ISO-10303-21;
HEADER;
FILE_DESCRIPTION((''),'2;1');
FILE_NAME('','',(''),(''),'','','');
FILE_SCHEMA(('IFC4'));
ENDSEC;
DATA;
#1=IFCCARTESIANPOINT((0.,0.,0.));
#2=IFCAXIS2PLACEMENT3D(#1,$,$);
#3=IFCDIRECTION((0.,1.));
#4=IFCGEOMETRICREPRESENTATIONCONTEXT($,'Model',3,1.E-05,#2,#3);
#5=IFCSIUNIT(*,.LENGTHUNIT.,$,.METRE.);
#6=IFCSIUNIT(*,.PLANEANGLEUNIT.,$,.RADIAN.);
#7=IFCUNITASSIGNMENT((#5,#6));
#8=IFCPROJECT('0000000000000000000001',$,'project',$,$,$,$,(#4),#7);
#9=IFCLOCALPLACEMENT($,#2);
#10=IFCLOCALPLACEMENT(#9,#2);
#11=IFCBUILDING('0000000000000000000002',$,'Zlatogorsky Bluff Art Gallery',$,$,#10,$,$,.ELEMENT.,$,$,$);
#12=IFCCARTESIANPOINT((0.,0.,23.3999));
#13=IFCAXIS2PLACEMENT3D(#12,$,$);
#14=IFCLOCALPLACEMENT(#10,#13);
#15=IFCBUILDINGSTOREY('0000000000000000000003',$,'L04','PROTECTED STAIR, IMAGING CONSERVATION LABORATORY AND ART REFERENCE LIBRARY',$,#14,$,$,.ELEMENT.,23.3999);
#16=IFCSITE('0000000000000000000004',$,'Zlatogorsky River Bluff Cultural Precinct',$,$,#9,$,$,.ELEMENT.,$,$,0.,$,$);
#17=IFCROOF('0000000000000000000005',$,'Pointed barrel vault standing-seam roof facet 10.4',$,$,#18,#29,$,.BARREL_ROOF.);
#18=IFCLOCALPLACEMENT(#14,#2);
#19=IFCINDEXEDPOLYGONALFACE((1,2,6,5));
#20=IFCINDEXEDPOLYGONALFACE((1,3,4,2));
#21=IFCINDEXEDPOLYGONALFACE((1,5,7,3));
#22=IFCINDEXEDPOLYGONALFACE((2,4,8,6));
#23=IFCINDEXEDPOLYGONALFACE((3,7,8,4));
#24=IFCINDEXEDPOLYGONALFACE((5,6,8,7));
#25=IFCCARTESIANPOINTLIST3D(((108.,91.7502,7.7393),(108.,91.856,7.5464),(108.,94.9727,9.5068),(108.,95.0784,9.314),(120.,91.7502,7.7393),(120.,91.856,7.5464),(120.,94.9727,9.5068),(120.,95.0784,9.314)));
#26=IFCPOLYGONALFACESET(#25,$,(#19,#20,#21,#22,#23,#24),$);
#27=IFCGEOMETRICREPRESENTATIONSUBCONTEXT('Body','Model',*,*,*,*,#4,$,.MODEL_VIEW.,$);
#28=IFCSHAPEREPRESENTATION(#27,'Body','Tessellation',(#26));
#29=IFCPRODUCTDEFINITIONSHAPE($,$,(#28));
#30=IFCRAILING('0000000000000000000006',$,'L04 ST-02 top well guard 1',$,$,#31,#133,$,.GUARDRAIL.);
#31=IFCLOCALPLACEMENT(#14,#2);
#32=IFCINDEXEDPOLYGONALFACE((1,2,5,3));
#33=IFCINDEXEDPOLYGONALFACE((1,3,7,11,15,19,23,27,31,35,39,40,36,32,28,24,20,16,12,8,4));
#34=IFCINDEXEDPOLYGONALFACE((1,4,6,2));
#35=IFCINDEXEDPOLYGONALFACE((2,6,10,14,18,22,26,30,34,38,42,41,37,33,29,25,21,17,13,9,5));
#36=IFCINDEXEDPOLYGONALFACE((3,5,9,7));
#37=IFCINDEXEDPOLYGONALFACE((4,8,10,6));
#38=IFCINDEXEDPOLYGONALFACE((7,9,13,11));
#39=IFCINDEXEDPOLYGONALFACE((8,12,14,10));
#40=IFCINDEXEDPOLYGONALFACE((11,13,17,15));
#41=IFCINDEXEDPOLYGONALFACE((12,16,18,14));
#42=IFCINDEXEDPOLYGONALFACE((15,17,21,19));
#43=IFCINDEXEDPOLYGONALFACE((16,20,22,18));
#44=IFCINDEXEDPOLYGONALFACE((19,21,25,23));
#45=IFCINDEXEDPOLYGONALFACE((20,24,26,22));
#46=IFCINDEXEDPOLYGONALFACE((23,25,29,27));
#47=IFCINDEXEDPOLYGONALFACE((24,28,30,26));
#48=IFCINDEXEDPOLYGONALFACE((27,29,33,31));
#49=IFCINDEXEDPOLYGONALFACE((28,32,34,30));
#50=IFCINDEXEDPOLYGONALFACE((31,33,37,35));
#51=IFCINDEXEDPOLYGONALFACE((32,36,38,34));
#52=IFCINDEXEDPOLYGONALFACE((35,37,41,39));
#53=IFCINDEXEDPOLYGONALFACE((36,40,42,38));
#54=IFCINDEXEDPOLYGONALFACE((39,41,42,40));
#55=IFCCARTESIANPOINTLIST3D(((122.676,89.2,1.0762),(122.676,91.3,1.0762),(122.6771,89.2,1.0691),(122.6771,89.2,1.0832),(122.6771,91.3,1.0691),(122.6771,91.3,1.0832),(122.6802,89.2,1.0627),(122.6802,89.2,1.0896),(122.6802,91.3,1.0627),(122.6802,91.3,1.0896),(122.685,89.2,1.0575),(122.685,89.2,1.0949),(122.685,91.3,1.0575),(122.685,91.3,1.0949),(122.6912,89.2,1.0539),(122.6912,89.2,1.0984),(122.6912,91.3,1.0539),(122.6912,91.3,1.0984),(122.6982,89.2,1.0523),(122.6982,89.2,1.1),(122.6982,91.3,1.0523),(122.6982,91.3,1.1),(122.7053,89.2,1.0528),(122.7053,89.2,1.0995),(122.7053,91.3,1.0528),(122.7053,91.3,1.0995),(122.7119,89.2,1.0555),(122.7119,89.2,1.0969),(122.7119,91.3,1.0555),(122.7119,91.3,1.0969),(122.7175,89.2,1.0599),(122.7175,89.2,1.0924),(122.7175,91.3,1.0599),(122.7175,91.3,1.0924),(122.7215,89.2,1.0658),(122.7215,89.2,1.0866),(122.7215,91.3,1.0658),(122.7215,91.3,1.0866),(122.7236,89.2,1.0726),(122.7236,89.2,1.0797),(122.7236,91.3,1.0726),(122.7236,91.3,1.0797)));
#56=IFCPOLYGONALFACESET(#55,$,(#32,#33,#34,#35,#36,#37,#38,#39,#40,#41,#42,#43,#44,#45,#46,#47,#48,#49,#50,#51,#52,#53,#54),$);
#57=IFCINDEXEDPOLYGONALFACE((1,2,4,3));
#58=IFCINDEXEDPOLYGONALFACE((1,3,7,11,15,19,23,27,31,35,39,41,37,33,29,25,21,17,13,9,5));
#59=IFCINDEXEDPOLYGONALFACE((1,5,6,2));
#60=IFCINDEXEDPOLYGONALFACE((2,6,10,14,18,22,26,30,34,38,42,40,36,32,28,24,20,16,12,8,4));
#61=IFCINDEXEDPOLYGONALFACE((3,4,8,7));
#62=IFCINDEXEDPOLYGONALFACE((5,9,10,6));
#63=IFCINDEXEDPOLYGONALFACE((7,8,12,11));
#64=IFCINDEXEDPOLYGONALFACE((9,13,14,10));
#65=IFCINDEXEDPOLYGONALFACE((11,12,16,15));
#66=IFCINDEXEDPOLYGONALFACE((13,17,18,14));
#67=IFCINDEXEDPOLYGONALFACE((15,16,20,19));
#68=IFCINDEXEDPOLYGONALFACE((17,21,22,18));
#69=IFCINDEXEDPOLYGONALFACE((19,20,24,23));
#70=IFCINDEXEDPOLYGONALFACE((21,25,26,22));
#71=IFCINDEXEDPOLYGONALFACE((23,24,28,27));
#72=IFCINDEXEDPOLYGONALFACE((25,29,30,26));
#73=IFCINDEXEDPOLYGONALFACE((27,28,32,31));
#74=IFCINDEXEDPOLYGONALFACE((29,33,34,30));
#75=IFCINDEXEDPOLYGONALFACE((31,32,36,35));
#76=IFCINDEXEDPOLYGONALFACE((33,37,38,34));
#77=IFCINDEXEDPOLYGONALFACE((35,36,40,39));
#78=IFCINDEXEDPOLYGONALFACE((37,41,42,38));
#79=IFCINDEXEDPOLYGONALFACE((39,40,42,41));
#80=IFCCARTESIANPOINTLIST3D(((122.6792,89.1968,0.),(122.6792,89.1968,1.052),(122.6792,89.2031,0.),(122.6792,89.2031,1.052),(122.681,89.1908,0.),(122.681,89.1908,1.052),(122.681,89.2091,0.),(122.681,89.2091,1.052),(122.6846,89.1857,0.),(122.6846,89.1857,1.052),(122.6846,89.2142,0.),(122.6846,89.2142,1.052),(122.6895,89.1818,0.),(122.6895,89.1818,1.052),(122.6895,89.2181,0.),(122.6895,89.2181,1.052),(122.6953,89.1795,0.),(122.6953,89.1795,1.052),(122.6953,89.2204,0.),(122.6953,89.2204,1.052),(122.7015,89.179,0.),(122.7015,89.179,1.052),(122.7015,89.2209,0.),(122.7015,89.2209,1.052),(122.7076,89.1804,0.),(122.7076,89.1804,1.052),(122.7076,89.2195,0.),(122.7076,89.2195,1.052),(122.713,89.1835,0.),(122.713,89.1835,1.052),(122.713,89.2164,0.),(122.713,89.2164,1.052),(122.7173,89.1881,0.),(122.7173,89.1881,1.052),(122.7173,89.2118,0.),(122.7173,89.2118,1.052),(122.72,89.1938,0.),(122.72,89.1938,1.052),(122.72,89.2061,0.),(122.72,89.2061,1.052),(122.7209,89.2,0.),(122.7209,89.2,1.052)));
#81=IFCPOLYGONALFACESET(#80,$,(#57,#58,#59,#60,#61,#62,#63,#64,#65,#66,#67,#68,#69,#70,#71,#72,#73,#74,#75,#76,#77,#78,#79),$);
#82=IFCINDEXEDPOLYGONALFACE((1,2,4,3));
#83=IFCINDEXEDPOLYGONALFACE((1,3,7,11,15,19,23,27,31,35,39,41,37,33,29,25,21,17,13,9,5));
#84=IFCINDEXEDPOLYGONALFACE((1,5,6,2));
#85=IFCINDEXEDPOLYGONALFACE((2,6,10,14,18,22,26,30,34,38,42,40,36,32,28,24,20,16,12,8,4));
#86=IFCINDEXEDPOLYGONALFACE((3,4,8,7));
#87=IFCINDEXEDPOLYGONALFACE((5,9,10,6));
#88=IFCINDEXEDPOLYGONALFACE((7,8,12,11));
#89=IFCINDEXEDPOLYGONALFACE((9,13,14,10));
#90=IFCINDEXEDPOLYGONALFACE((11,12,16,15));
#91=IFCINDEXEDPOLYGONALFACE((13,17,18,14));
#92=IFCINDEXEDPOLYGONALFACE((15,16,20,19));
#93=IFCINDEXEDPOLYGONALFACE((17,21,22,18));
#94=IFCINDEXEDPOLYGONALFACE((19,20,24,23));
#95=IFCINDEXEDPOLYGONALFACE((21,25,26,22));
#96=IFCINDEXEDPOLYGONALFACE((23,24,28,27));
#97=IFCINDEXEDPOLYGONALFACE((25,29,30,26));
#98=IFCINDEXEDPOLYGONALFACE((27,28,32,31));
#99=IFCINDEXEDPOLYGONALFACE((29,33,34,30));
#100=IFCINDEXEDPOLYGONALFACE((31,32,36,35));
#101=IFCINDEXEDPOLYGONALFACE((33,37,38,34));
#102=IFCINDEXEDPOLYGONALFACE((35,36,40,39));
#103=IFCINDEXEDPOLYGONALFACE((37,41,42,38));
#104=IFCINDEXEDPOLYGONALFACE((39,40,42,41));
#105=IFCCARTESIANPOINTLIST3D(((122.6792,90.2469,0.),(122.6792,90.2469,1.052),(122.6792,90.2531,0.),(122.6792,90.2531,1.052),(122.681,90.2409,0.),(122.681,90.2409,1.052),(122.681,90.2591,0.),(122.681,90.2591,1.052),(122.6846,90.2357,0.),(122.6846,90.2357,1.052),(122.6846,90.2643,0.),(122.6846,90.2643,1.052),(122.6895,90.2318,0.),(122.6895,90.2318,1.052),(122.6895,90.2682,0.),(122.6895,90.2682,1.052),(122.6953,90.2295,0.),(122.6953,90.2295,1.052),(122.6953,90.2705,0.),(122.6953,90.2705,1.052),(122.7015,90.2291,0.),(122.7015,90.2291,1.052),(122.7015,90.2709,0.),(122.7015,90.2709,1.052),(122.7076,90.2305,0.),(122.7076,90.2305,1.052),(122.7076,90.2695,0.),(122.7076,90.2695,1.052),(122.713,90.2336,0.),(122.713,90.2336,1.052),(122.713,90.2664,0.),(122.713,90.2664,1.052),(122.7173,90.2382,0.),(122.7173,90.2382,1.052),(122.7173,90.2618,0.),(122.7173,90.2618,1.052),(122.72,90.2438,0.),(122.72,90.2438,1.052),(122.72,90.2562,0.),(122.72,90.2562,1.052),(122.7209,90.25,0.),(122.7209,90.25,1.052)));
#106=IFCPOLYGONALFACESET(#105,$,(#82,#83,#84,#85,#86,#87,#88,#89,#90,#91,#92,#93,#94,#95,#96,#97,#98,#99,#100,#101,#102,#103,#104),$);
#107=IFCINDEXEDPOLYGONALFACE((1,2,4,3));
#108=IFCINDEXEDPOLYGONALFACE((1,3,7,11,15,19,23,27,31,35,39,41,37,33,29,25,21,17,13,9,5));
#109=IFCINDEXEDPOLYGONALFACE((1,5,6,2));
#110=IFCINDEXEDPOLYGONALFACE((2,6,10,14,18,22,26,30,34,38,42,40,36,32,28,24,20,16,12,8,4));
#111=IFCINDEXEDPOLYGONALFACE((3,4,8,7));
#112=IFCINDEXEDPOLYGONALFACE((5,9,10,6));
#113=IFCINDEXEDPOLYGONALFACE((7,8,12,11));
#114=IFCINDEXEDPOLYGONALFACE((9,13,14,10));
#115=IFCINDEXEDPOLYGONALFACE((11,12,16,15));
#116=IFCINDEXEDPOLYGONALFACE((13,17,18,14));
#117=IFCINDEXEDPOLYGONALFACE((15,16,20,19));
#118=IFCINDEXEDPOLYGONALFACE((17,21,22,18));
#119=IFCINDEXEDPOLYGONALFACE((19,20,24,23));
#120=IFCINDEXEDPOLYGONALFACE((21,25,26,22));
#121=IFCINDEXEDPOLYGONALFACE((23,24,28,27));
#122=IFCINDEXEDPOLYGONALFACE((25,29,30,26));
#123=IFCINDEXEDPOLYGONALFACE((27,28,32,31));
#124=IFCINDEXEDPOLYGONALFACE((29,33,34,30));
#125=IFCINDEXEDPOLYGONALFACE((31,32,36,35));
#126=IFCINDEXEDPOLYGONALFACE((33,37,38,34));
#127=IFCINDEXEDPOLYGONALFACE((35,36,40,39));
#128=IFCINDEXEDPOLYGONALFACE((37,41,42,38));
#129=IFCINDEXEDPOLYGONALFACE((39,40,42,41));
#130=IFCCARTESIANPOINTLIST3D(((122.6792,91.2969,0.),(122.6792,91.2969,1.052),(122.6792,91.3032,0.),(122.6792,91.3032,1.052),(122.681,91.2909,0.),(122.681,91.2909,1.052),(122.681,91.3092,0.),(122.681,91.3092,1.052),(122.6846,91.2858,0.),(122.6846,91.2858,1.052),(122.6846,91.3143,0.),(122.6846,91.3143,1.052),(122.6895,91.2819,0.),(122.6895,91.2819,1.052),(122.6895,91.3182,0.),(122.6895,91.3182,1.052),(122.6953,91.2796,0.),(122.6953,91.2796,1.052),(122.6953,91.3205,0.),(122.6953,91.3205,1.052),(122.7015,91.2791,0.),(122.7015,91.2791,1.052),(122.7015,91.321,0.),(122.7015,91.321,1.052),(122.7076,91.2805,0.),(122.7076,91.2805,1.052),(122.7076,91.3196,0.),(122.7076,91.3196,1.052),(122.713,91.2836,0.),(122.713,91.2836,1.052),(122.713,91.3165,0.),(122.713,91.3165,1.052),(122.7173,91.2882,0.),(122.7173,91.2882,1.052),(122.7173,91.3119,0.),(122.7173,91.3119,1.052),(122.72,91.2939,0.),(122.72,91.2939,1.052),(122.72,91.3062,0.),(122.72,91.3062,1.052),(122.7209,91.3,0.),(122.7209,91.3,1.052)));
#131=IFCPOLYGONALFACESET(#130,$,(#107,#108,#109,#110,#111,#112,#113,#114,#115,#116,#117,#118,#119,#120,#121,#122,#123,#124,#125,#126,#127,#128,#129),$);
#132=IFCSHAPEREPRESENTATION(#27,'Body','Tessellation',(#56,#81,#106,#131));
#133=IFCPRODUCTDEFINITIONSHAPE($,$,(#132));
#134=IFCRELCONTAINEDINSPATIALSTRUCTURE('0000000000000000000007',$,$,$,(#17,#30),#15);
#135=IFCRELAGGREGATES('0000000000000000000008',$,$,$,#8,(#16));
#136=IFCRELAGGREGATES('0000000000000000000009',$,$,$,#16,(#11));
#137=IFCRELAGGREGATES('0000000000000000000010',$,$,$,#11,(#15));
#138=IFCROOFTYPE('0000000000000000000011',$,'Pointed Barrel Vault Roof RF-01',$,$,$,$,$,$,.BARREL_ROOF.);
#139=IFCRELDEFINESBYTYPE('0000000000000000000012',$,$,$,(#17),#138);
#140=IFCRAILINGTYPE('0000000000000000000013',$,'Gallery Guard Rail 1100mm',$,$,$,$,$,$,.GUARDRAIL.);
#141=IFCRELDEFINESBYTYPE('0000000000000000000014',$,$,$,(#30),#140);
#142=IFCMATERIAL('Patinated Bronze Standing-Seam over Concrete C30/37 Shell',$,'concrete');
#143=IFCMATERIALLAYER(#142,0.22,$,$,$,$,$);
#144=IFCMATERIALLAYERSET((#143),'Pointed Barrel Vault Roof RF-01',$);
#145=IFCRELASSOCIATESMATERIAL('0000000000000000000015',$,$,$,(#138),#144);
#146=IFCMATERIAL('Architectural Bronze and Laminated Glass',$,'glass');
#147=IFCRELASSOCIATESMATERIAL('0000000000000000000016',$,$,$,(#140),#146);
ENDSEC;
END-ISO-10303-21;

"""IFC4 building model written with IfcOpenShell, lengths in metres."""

from ifc_helpers import new_model, si_unit, direction, frame, origin, origin_2d, place, context, subcontext, project, spatial, polyline, circle, outline, extrude, material, layer, layer_set, type_object, element, save


model = new_model("IFC4")

# Units and contexts
model_context = context("Model", 3, precision=1e-05, world=origin(), true_north=direction((0.0, 1.0)))
body_context = subcontext(model_context, "Body", "Model", "MODEL_VIEW")
ifc_project = project(units=[si_unit("LENGTHUNIT", "METRE"), si_unit("PLANEANGLEUNIT", "RADIAN")], contexts=[model_context])

# Site, building, storey
site_placement = place(None, origin())
site = spatial("IfcSite", under=ifc_project, at=site_placement, Name="Zlatogorsky River Bluff Cultural Precinct", CompositionType="ELEMENT", RefElevation=0.0)
building_placement = place(site_placement, origin())
building = spatial("IfcBuilding", under=site, at=building_placement, Name="Zlatogorsky Bluff Art Gallery", CompositionType="ELEMENT")
storey_placement = place(building_placement, frame((0.0, 0.0, 23.3999)))
storey = spatial("IfcBuildingStorey", under=building, at=storey_placement, Name="L04", Description="PROTECTED STAIR, IMAGING CONSERVATION LABORATORY AND ART REFERENCE LIBRARY", CompositionType="ELEMENT", Elevation=23.3999)

# Roof
ifc_material_1 = material(Name="Patinated Bronze Standing-Seam over Concrete C30/37 Shell", Category="concrete")
ifc_layer_1 = layer(ifc_material_1, 0.22)
ifc_layer_set_1 = layer_set([ifc_layer_1], Name="Pointed Barrel Vault Roof RF-01")
roof_type = type_object("IfcRoofType", Name="Pointed Barrel Vault Roof RF-01", PredefinedType="BARREL_ROOF", material=ifc_layer_set_1)
roof_1_placement = place(storey_placement, frame((108.0, 91.7502, 7.7393), z_axis=(0.0, -0.480927, 0.876761), x_axis=(1.0, 0.0, 0.0)))
element("IfcRoof", 1, at=roof_1_placement, inside=storey, type_object=roof_type, Name="Pointed barrel vault standing-seam roof facet 10.4", PredefinedType="BARREL_ROOF", context=body_context, shape_type="SweptSolid", body=[
    extrude(outline(polyline([(0.0, 0.0), (12.0, 0.0), (12.0, 3.6754), (0.0, 3.6754), (0.0, 0.0)])), origin(), (0.0, 0.0, -1.0), 0.22),
])

# Railing
ifc_material_2 = material(Name="Architectural Bronze and Laminated Glass", Category="glass")
railing_type = type_object("IfcRailingType", Name="Gallery Guard Rail 1100mm", PredefinedType="GUARDRAIL", material=ifc_material_2)
railing_placement = place(storey_placement, frame((122.7, 89.2, 0.0)))
element("IfcRailing", 2, at=railing_placement, inside=storey, type_object=railing_type, Name="L04 ST-02 top well guard 1", PredefinedType="GUARDRAIL", context=body_context, shape_type="SweptSolid", body=[
    extrude(circle(Radius=0.0239, at=origin_2d()), frame((0.0, 0.0, 1.0762), z_axis=(0.0, 1.0, 0.0), x_axis=(-1.0, 0.0, 0.0)), (0.0, 0.0, 1.0), 2.1001),
    extrude(circle(Radius=0.021, at=origin_2d()), origin(), (0.0, 0.0, 1.0), 1.052),
    extrude(circle(Radius=0.021, at=origin_2d()), frame((0.0, 1.05, 0.0)), (0.0, 0.0, 1.0), 1.052),
    extrude(circle(Radius=0.021, at=origin_2d()), frame((0.0, 2.1001, 0.0)), (0.0, 0.0, 1.0), 1.052),
])

save(model, "model.ifc")
